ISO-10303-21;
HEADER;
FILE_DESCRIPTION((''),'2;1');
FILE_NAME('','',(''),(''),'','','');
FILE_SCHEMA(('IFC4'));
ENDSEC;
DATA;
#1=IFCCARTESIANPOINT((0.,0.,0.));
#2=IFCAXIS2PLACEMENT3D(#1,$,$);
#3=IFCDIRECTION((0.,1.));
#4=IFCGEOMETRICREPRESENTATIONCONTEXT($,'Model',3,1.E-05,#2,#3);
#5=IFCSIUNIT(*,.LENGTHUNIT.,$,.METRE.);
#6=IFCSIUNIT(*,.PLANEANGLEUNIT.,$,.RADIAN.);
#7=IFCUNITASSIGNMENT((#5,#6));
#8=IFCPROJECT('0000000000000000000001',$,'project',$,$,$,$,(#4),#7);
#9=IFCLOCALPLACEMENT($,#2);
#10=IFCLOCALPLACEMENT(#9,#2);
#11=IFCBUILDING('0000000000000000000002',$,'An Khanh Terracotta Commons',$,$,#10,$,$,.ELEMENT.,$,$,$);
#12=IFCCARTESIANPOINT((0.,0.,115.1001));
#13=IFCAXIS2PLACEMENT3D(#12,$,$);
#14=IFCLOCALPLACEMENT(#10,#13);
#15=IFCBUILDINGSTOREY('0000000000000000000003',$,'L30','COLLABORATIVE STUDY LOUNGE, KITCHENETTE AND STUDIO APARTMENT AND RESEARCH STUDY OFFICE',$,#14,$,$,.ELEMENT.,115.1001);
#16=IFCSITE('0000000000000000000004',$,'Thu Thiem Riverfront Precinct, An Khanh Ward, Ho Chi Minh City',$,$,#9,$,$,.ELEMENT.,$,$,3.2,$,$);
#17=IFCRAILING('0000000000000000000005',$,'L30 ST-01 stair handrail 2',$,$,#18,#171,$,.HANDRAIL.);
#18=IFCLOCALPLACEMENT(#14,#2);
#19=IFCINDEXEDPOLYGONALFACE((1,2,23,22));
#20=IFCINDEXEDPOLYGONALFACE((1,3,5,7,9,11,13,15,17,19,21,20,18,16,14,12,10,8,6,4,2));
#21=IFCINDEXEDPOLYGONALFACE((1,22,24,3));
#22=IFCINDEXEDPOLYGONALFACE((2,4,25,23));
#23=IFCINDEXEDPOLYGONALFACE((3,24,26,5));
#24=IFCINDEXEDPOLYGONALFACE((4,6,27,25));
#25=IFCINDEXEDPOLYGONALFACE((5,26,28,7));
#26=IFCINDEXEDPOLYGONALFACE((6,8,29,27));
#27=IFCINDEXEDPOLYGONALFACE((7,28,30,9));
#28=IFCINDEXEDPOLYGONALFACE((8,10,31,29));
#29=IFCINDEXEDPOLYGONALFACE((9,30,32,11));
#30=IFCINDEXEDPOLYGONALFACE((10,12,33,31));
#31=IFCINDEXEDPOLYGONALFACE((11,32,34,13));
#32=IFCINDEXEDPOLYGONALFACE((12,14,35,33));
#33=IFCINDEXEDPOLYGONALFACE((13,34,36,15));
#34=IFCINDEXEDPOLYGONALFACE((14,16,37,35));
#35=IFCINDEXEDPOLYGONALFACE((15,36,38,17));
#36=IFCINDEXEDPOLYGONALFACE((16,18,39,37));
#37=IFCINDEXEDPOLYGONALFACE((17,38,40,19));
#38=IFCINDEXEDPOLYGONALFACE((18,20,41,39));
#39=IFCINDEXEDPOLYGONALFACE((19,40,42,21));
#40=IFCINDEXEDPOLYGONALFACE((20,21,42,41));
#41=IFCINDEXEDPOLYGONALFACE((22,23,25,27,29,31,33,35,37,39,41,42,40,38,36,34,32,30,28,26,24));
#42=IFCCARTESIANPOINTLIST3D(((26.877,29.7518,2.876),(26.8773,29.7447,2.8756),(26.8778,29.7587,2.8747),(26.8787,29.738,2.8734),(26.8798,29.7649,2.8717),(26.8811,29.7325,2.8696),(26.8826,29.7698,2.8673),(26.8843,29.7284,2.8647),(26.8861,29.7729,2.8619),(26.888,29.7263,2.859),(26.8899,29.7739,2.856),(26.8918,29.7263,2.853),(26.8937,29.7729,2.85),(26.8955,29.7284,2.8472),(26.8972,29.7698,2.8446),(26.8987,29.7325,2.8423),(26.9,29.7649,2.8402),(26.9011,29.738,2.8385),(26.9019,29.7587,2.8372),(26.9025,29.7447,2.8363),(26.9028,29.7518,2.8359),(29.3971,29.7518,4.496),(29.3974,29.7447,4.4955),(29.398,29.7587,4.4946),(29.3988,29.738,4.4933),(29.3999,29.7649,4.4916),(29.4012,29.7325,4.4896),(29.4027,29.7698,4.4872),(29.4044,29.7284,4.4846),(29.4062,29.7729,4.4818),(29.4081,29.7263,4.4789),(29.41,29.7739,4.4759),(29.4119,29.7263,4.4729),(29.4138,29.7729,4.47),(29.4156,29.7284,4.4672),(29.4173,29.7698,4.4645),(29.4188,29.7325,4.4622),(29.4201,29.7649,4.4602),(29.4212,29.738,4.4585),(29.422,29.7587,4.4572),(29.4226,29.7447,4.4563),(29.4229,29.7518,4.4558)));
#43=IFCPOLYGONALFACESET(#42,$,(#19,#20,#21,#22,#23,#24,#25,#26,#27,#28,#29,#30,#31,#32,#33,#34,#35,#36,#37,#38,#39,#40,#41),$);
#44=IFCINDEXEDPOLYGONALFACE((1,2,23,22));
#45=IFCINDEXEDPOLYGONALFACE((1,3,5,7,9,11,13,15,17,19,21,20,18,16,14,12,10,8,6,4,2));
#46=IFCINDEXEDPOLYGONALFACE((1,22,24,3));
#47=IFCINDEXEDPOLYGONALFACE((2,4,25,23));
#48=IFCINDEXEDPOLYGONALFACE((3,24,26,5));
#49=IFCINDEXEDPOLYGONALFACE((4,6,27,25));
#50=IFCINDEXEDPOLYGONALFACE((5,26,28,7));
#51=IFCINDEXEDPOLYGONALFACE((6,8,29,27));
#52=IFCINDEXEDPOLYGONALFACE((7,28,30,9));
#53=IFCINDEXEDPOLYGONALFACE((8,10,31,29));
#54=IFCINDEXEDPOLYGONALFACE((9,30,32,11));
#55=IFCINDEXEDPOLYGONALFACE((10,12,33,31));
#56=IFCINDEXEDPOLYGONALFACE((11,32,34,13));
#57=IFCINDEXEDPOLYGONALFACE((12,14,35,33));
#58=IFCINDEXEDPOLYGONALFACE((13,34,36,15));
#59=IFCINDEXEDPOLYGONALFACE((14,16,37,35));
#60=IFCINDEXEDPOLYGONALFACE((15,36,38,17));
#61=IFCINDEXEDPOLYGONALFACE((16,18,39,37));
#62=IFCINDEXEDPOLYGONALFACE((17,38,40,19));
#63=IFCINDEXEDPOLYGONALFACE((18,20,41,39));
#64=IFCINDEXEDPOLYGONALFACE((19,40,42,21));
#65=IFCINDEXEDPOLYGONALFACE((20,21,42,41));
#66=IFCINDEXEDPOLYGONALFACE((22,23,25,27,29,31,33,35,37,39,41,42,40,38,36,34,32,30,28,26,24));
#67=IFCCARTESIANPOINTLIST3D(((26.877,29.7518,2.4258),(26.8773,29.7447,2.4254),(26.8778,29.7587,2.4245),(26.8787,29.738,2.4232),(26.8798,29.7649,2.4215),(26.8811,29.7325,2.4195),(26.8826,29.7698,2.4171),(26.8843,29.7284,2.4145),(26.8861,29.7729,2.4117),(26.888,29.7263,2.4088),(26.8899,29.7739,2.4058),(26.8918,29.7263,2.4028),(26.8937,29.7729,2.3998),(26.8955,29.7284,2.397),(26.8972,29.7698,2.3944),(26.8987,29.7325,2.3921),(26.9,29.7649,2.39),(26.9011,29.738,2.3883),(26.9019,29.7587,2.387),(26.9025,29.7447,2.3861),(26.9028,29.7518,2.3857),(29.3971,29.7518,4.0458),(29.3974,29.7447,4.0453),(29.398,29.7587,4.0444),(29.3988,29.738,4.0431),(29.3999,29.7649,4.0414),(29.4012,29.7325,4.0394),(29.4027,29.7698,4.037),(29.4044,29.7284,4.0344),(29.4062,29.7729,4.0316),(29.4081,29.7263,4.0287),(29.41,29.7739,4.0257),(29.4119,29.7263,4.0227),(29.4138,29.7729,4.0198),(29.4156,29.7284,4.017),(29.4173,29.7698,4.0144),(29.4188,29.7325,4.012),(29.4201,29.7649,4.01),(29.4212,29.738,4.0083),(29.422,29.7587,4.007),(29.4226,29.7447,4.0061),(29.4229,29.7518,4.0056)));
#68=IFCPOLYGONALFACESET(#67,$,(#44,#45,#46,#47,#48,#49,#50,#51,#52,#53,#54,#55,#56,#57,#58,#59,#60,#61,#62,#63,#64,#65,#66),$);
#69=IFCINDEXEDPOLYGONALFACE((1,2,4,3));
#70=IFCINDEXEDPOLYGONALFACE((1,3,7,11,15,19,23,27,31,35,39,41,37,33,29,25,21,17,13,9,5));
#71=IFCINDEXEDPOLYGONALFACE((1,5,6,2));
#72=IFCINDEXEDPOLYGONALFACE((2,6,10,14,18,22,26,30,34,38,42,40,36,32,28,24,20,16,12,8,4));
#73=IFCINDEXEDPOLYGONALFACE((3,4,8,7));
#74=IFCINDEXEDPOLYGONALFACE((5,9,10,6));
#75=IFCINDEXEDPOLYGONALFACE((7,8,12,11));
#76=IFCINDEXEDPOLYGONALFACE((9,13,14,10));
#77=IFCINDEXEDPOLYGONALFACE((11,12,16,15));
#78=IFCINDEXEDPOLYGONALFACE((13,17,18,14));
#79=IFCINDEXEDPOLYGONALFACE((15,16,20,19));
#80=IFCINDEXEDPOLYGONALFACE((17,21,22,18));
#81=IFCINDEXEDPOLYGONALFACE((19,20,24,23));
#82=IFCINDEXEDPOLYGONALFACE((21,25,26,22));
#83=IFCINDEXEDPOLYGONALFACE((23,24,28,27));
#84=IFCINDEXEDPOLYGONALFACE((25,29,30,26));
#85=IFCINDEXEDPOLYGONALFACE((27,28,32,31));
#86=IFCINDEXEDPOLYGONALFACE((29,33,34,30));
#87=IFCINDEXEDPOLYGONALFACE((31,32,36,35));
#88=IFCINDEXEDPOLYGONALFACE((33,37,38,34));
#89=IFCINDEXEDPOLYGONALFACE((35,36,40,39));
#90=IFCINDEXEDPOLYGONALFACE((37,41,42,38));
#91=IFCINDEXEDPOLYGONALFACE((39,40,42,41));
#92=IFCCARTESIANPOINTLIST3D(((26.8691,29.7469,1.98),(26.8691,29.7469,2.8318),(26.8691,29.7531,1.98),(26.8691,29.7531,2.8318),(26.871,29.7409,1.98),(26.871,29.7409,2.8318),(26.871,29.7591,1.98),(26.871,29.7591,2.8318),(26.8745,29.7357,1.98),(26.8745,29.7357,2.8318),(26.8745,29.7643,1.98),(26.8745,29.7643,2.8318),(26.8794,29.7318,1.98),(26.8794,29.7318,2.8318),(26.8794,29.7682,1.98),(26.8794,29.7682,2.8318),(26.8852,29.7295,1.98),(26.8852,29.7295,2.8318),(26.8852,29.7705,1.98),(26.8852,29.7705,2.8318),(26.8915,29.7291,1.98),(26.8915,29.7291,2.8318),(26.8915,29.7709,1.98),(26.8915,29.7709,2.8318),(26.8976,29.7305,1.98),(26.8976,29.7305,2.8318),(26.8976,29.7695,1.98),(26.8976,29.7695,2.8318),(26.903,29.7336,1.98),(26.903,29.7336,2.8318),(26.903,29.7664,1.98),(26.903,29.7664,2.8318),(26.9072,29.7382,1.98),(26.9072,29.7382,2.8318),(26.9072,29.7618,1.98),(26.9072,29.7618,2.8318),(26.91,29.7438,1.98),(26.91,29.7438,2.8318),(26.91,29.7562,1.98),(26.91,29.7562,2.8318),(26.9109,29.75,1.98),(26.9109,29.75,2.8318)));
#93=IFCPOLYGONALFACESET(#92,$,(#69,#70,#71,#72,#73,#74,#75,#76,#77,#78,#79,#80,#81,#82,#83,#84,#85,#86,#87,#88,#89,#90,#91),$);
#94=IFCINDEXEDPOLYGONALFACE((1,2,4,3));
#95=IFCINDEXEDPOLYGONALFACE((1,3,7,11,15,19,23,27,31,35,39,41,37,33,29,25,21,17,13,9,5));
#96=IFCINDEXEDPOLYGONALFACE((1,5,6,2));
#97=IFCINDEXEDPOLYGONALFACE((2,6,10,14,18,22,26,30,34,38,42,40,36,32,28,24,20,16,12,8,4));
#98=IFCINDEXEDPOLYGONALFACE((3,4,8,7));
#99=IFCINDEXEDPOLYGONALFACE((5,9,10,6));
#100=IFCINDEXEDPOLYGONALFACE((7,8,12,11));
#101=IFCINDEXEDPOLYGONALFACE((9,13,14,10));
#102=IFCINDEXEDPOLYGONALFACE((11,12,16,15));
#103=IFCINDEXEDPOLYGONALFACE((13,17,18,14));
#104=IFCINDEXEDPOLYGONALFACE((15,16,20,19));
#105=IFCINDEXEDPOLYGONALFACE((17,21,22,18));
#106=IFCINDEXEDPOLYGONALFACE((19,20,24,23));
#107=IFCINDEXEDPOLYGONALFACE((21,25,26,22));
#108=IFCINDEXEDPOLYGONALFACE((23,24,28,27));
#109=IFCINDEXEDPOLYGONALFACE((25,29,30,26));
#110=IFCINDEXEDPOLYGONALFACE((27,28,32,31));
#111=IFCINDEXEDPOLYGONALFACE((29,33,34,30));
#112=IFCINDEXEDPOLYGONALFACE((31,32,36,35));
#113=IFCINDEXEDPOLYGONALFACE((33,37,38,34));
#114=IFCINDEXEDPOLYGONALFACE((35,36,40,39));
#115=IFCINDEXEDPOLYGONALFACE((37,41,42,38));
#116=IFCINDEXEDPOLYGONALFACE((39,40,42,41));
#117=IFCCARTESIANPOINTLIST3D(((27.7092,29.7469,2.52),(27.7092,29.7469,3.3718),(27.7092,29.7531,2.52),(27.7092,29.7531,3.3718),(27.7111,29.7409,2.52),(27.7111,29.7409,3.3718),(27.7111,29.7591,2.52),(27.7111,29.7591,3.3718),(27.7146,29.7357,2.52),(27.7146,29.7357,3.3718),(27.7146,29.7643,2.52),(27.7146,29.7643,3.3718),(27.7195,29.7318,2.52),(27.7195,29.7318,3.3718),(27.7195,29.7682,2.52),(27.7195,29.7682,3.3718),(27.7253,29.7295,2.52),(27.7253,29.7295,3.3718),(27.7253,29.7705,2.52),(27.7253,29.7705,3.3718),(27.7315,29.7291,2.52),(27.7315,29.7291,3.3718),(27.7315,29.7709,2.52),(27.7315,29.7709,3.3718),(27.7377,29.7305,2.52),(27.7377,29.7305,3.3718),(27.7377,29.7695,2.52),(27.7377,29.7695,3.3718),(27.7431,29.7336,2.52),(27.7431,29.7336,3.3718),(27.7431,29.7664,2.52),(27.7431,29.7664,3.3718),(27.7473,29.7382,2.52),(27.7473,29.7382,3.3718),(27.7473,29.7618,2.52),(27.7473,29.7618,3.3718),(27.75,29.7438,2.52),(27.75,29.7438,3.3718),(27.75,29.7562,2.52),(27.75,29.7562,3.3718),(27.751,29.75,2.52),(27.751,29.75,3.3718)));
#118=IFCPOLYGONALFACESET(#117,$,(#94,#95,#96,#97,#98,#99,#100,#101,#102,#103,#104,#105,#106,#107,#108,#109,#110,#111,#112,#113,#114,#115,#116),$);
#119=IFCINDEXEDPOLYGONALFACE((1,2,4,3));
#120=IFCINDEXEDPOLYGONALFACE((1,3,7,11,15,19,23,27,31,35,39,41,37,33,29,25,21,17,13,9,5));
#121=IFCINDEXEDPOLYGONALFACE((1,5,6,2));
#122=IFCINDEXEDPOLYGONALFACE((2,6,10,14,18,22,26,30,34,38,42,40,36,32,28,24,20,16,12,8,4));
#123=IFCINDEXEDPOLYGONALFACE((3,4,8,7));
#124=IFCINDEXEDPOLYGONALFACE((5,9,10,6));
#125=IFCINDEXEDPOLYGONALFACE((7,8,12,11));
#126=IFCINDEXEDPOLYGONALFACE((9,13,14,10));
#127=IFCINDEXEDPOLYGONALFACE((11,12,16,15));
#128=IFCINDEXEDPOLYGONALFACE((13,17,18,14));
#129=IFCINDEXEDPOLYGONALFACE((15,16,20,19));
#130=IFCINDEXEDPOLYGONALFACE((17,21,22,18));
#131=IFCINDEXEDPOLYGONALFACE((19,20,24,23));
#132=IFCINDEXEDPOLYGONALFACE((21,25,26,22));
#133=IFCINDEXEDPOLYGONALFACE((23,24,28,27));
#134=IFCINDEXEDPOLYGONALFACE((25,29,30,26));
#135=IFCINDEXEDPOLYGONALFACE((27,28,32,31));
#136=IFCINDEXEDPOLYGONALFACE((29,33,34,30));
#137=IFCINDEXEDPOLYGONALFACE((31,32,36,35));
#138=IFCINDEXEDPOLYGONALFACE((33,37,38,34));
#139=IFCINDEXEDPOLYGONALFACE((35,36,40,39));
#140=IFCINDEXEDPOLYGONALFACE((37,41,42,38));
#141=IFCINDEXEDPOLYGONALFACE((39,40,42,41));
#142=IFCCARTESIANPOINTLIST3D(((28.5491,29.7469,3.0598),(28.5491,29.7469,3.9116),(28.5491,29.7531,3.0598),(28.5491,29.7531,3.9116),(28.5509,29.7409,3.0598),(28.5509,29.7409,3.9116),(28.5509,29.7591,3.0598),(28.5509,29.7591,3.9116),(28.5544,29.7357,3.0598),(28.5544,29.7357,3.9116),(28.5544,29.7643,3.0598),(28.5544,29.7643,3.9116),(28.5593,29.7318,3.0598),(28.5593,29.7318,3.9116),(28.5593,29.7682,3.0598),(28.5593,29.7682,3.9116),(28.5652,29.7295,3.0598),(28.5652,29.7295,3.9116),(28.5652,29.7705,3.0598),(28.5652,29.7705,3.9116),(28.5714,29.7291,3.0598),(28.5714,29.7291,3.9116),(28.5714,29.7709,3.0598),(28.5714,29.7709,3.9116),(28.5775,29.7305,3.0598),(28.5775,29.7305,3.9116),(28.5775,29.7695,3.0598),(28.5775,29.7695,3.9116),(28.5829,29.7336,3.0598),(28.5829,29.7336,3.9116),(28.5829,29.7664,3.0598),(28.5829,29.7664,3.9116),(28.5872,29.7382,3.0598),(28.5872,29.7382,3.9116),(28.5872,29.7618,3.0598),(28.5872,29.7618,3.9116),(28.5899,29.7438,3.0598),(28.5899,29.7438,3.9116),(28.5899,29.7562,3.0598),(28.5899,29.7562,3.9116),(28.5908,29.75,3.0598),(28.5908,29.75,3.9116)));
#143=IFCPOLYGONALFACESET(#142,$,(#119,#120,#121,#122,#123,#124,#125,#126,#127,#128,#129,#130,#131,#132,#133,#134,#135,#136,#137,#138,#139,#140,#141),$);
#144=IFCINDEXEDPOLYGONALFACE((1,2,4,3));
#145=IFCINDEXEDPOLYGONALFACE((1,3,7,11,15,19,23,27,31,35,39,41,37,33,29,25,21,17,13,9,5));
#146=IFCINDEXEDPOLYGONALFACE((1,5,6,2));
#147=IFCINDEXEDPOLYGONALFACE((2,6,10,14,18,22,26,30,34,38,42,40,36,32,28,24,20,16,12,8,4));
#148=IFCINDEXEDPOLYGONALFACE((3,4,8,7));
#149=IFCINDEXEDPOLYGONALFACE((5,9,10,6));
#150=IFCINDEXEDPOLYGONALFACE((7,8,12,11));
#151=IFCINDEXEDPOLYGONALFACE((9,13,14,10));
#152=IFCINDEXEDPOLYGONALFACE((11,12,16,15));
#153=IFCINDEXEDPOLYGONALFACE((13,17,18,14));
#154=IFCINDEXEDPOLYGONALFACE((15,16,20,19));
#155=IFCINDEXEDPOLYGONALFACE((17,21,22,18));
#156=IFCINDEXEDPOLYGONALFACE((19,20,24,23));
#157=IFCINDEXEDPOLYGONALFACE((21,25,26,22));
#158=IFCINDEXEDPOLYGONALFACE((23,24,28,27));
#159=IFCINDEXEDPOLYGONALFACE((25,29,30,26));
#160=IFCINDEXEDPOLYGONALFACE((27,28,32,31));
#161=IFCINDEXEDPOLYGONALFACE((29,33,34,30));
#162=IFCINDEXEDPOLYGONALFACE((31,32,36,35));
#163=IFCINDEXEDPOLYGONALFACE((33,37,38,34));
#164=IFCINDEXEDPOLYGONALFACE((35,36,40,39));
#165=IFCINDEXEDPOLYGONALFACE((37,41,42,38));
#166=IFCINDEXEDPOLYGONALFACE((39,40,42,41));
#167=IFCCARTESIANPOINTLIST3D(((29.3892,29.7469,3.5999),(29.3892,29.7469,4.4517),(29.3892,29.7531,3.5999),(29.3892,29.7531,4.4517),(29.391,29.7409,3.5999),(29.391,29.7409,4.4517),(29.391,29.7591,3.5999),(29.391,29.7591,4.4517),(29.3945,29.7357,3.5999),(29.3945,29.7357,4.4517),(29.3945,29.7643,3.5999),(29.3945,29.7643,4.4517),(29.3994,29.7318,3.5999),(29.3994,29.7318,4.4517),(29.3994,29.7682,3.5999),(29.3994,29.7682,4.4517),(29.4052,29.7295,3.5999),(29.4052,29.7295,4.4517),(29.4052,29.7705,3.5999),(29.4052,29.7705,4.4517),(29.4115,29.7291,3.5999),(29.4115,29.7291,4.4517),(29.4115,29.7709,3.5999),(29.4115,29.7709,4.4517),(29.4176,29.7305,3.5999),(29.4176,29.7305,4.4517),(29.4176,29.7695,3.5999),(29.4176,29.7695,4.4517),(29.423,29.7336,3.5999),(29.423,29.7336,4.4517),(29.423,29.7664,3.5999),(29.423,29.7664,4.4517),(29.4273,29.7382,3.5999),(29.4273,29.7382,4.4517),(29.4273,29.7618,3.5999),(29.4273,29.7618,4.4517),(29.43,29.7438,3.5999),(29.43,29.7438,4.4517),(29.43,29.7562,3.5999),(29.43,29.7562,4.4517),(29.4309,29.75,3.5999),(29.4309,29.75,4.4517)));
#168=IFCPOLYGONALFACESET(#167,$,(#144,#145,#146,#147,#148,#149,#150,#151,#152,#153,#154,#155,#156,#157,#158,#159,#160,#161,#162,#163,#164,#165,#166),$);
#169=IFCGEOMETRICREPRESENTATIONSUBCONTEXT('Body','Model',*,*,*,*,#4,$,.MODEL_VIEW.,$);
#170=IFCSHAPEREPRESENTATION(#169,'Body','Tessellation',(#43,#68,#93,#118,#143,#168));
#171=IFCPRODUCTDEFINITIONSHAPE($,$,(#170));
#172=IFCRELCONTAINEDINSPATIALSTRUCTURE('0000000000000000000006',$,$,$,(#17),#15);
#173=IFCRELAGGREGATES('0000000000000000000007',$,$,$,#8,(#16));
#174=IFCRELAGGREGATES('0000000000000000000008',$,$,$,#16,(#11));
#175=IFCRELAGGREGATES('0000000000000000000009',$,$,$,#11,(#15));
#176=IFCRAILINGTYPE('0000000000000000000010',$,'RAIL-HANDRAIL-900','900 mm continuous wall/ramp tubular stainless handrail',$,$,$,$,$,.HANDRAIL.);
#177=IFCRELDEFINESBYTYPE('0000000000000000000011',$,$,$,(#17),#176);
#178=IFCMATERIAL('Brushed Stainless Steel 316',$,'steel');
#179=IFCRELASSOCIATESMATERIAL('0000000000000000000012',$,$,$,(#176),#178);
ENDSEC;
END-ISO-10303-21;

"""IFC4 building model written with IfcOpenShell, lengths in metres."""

from ifc_helpers import new_model, si_unit, direction, frame, origin, origin_2d, place, context, subcontext, project, spatial, circle, extrude, material, type_object, element, save


model = new_model("IFC4")

# Units and contexts
model_context = context("Model", 3, precision=1e-05, world=origin(), true_north=direction((0.0, 1.0)))
body_context = subcontext(model_context, "Body", "Model", "MODEL_VIEW")
ifc_project = project(units=[si_unit("LENGTHUNIT", "METRE"), si_unit("PLANEANGLEUNIT", "RADIAN")], contexts=[model_context])

# Site, building, storey
site_placement = place(None, origin())
site = spatial("IfcSite", under=ifc_project, at=site_placement, Name="Thu Thiem Riverfront Precinct, An Khanh Ward, Ho Chi Minh City", CompositionType="ELEMENT", RefElevation=3.2)
building_placement = place(site_placement, origin())
building = spatial("IfcBuilding", under=site, at=building_placement, Name="An Khanh Terracotta Commons", CompositionType="ELEMENT")
storey_placement = place(building_placement, frame((0.0, 0.0, 115.1001)))
storey = spatial("IfcBuildingStorey", under=building, at=storey_placement, Name="L30", Description="COLLABORATIVE STUDY LOUNGE, KITCHENETTE AND STUDIO APARTMENT AND RESEARCH STUDY OFFICE", CompositionType="ELEMENT", Elevation=115.1001)

# Railing
ifc_material_1 = material(Name="Brushed Stainless Steel 316", Category="steel")
railing_type_1 = type_object("IfcRailingType", Name="RAIL-HANDRAIL-900", Description="900 mm continuous wall/ramp tubular stainless handrail", PredefinedType="HANDRAIL", material=ifc_material_1)
railing_1_placement = place(storey_placement, frame((26.8899, 29.75, 1.98)))
element("IfcRailing", 1, at=railing_1_placement, inside=storey, type_object=railing_type_1, Name="L30 ST-01 stair handrail 2", PredefinedType="HANDRAIL", context=body_context, shape_type="SweptSolid", body=[
    extrude(circle(Radius=0.0239, at=origin_2d()), frame((0.0, 0.0, 0.876), z_axis=(0.8412, 0.0, 0.540725), x_axis=(0.0, 1.0, 0.0)), (0.0, 0.0, 1.0), 2.9958),
    extrude(circle(Radius=0.0239, at=origin_2d()), frame((0.0, 0.0, 0.4258), z_axis=(0.8412, 0.0, 0.540725), x_axis=(0.0, 1.0, 0.0)), (0.0, 0.0, 1.0), 2.9958),
    extrude(circle(Radius=0.021, at=origin_2d()), origin(), (0.0, 0.0, 1.0), 0.8518),
    extrude(circle(Radius=0.021, at=origin_2d()), frame((0.8401, 0.0, 0.54)), (0.0, 0.0, 1.0), 0.8518),
    extrude(circle(Radius=0.021, at=origin_2d()), frame((1.6799, 0.0, 1.0798)), (0.0, 0.0, 1.0), 0.8518),
    extrude(circle(Radius=0.021, at=origin_2d()), frame((2.52, 0.0, 1.6199)), (0.0, 0.0, 1.0), 0.8518),
])

save(model, "model.ifc")
